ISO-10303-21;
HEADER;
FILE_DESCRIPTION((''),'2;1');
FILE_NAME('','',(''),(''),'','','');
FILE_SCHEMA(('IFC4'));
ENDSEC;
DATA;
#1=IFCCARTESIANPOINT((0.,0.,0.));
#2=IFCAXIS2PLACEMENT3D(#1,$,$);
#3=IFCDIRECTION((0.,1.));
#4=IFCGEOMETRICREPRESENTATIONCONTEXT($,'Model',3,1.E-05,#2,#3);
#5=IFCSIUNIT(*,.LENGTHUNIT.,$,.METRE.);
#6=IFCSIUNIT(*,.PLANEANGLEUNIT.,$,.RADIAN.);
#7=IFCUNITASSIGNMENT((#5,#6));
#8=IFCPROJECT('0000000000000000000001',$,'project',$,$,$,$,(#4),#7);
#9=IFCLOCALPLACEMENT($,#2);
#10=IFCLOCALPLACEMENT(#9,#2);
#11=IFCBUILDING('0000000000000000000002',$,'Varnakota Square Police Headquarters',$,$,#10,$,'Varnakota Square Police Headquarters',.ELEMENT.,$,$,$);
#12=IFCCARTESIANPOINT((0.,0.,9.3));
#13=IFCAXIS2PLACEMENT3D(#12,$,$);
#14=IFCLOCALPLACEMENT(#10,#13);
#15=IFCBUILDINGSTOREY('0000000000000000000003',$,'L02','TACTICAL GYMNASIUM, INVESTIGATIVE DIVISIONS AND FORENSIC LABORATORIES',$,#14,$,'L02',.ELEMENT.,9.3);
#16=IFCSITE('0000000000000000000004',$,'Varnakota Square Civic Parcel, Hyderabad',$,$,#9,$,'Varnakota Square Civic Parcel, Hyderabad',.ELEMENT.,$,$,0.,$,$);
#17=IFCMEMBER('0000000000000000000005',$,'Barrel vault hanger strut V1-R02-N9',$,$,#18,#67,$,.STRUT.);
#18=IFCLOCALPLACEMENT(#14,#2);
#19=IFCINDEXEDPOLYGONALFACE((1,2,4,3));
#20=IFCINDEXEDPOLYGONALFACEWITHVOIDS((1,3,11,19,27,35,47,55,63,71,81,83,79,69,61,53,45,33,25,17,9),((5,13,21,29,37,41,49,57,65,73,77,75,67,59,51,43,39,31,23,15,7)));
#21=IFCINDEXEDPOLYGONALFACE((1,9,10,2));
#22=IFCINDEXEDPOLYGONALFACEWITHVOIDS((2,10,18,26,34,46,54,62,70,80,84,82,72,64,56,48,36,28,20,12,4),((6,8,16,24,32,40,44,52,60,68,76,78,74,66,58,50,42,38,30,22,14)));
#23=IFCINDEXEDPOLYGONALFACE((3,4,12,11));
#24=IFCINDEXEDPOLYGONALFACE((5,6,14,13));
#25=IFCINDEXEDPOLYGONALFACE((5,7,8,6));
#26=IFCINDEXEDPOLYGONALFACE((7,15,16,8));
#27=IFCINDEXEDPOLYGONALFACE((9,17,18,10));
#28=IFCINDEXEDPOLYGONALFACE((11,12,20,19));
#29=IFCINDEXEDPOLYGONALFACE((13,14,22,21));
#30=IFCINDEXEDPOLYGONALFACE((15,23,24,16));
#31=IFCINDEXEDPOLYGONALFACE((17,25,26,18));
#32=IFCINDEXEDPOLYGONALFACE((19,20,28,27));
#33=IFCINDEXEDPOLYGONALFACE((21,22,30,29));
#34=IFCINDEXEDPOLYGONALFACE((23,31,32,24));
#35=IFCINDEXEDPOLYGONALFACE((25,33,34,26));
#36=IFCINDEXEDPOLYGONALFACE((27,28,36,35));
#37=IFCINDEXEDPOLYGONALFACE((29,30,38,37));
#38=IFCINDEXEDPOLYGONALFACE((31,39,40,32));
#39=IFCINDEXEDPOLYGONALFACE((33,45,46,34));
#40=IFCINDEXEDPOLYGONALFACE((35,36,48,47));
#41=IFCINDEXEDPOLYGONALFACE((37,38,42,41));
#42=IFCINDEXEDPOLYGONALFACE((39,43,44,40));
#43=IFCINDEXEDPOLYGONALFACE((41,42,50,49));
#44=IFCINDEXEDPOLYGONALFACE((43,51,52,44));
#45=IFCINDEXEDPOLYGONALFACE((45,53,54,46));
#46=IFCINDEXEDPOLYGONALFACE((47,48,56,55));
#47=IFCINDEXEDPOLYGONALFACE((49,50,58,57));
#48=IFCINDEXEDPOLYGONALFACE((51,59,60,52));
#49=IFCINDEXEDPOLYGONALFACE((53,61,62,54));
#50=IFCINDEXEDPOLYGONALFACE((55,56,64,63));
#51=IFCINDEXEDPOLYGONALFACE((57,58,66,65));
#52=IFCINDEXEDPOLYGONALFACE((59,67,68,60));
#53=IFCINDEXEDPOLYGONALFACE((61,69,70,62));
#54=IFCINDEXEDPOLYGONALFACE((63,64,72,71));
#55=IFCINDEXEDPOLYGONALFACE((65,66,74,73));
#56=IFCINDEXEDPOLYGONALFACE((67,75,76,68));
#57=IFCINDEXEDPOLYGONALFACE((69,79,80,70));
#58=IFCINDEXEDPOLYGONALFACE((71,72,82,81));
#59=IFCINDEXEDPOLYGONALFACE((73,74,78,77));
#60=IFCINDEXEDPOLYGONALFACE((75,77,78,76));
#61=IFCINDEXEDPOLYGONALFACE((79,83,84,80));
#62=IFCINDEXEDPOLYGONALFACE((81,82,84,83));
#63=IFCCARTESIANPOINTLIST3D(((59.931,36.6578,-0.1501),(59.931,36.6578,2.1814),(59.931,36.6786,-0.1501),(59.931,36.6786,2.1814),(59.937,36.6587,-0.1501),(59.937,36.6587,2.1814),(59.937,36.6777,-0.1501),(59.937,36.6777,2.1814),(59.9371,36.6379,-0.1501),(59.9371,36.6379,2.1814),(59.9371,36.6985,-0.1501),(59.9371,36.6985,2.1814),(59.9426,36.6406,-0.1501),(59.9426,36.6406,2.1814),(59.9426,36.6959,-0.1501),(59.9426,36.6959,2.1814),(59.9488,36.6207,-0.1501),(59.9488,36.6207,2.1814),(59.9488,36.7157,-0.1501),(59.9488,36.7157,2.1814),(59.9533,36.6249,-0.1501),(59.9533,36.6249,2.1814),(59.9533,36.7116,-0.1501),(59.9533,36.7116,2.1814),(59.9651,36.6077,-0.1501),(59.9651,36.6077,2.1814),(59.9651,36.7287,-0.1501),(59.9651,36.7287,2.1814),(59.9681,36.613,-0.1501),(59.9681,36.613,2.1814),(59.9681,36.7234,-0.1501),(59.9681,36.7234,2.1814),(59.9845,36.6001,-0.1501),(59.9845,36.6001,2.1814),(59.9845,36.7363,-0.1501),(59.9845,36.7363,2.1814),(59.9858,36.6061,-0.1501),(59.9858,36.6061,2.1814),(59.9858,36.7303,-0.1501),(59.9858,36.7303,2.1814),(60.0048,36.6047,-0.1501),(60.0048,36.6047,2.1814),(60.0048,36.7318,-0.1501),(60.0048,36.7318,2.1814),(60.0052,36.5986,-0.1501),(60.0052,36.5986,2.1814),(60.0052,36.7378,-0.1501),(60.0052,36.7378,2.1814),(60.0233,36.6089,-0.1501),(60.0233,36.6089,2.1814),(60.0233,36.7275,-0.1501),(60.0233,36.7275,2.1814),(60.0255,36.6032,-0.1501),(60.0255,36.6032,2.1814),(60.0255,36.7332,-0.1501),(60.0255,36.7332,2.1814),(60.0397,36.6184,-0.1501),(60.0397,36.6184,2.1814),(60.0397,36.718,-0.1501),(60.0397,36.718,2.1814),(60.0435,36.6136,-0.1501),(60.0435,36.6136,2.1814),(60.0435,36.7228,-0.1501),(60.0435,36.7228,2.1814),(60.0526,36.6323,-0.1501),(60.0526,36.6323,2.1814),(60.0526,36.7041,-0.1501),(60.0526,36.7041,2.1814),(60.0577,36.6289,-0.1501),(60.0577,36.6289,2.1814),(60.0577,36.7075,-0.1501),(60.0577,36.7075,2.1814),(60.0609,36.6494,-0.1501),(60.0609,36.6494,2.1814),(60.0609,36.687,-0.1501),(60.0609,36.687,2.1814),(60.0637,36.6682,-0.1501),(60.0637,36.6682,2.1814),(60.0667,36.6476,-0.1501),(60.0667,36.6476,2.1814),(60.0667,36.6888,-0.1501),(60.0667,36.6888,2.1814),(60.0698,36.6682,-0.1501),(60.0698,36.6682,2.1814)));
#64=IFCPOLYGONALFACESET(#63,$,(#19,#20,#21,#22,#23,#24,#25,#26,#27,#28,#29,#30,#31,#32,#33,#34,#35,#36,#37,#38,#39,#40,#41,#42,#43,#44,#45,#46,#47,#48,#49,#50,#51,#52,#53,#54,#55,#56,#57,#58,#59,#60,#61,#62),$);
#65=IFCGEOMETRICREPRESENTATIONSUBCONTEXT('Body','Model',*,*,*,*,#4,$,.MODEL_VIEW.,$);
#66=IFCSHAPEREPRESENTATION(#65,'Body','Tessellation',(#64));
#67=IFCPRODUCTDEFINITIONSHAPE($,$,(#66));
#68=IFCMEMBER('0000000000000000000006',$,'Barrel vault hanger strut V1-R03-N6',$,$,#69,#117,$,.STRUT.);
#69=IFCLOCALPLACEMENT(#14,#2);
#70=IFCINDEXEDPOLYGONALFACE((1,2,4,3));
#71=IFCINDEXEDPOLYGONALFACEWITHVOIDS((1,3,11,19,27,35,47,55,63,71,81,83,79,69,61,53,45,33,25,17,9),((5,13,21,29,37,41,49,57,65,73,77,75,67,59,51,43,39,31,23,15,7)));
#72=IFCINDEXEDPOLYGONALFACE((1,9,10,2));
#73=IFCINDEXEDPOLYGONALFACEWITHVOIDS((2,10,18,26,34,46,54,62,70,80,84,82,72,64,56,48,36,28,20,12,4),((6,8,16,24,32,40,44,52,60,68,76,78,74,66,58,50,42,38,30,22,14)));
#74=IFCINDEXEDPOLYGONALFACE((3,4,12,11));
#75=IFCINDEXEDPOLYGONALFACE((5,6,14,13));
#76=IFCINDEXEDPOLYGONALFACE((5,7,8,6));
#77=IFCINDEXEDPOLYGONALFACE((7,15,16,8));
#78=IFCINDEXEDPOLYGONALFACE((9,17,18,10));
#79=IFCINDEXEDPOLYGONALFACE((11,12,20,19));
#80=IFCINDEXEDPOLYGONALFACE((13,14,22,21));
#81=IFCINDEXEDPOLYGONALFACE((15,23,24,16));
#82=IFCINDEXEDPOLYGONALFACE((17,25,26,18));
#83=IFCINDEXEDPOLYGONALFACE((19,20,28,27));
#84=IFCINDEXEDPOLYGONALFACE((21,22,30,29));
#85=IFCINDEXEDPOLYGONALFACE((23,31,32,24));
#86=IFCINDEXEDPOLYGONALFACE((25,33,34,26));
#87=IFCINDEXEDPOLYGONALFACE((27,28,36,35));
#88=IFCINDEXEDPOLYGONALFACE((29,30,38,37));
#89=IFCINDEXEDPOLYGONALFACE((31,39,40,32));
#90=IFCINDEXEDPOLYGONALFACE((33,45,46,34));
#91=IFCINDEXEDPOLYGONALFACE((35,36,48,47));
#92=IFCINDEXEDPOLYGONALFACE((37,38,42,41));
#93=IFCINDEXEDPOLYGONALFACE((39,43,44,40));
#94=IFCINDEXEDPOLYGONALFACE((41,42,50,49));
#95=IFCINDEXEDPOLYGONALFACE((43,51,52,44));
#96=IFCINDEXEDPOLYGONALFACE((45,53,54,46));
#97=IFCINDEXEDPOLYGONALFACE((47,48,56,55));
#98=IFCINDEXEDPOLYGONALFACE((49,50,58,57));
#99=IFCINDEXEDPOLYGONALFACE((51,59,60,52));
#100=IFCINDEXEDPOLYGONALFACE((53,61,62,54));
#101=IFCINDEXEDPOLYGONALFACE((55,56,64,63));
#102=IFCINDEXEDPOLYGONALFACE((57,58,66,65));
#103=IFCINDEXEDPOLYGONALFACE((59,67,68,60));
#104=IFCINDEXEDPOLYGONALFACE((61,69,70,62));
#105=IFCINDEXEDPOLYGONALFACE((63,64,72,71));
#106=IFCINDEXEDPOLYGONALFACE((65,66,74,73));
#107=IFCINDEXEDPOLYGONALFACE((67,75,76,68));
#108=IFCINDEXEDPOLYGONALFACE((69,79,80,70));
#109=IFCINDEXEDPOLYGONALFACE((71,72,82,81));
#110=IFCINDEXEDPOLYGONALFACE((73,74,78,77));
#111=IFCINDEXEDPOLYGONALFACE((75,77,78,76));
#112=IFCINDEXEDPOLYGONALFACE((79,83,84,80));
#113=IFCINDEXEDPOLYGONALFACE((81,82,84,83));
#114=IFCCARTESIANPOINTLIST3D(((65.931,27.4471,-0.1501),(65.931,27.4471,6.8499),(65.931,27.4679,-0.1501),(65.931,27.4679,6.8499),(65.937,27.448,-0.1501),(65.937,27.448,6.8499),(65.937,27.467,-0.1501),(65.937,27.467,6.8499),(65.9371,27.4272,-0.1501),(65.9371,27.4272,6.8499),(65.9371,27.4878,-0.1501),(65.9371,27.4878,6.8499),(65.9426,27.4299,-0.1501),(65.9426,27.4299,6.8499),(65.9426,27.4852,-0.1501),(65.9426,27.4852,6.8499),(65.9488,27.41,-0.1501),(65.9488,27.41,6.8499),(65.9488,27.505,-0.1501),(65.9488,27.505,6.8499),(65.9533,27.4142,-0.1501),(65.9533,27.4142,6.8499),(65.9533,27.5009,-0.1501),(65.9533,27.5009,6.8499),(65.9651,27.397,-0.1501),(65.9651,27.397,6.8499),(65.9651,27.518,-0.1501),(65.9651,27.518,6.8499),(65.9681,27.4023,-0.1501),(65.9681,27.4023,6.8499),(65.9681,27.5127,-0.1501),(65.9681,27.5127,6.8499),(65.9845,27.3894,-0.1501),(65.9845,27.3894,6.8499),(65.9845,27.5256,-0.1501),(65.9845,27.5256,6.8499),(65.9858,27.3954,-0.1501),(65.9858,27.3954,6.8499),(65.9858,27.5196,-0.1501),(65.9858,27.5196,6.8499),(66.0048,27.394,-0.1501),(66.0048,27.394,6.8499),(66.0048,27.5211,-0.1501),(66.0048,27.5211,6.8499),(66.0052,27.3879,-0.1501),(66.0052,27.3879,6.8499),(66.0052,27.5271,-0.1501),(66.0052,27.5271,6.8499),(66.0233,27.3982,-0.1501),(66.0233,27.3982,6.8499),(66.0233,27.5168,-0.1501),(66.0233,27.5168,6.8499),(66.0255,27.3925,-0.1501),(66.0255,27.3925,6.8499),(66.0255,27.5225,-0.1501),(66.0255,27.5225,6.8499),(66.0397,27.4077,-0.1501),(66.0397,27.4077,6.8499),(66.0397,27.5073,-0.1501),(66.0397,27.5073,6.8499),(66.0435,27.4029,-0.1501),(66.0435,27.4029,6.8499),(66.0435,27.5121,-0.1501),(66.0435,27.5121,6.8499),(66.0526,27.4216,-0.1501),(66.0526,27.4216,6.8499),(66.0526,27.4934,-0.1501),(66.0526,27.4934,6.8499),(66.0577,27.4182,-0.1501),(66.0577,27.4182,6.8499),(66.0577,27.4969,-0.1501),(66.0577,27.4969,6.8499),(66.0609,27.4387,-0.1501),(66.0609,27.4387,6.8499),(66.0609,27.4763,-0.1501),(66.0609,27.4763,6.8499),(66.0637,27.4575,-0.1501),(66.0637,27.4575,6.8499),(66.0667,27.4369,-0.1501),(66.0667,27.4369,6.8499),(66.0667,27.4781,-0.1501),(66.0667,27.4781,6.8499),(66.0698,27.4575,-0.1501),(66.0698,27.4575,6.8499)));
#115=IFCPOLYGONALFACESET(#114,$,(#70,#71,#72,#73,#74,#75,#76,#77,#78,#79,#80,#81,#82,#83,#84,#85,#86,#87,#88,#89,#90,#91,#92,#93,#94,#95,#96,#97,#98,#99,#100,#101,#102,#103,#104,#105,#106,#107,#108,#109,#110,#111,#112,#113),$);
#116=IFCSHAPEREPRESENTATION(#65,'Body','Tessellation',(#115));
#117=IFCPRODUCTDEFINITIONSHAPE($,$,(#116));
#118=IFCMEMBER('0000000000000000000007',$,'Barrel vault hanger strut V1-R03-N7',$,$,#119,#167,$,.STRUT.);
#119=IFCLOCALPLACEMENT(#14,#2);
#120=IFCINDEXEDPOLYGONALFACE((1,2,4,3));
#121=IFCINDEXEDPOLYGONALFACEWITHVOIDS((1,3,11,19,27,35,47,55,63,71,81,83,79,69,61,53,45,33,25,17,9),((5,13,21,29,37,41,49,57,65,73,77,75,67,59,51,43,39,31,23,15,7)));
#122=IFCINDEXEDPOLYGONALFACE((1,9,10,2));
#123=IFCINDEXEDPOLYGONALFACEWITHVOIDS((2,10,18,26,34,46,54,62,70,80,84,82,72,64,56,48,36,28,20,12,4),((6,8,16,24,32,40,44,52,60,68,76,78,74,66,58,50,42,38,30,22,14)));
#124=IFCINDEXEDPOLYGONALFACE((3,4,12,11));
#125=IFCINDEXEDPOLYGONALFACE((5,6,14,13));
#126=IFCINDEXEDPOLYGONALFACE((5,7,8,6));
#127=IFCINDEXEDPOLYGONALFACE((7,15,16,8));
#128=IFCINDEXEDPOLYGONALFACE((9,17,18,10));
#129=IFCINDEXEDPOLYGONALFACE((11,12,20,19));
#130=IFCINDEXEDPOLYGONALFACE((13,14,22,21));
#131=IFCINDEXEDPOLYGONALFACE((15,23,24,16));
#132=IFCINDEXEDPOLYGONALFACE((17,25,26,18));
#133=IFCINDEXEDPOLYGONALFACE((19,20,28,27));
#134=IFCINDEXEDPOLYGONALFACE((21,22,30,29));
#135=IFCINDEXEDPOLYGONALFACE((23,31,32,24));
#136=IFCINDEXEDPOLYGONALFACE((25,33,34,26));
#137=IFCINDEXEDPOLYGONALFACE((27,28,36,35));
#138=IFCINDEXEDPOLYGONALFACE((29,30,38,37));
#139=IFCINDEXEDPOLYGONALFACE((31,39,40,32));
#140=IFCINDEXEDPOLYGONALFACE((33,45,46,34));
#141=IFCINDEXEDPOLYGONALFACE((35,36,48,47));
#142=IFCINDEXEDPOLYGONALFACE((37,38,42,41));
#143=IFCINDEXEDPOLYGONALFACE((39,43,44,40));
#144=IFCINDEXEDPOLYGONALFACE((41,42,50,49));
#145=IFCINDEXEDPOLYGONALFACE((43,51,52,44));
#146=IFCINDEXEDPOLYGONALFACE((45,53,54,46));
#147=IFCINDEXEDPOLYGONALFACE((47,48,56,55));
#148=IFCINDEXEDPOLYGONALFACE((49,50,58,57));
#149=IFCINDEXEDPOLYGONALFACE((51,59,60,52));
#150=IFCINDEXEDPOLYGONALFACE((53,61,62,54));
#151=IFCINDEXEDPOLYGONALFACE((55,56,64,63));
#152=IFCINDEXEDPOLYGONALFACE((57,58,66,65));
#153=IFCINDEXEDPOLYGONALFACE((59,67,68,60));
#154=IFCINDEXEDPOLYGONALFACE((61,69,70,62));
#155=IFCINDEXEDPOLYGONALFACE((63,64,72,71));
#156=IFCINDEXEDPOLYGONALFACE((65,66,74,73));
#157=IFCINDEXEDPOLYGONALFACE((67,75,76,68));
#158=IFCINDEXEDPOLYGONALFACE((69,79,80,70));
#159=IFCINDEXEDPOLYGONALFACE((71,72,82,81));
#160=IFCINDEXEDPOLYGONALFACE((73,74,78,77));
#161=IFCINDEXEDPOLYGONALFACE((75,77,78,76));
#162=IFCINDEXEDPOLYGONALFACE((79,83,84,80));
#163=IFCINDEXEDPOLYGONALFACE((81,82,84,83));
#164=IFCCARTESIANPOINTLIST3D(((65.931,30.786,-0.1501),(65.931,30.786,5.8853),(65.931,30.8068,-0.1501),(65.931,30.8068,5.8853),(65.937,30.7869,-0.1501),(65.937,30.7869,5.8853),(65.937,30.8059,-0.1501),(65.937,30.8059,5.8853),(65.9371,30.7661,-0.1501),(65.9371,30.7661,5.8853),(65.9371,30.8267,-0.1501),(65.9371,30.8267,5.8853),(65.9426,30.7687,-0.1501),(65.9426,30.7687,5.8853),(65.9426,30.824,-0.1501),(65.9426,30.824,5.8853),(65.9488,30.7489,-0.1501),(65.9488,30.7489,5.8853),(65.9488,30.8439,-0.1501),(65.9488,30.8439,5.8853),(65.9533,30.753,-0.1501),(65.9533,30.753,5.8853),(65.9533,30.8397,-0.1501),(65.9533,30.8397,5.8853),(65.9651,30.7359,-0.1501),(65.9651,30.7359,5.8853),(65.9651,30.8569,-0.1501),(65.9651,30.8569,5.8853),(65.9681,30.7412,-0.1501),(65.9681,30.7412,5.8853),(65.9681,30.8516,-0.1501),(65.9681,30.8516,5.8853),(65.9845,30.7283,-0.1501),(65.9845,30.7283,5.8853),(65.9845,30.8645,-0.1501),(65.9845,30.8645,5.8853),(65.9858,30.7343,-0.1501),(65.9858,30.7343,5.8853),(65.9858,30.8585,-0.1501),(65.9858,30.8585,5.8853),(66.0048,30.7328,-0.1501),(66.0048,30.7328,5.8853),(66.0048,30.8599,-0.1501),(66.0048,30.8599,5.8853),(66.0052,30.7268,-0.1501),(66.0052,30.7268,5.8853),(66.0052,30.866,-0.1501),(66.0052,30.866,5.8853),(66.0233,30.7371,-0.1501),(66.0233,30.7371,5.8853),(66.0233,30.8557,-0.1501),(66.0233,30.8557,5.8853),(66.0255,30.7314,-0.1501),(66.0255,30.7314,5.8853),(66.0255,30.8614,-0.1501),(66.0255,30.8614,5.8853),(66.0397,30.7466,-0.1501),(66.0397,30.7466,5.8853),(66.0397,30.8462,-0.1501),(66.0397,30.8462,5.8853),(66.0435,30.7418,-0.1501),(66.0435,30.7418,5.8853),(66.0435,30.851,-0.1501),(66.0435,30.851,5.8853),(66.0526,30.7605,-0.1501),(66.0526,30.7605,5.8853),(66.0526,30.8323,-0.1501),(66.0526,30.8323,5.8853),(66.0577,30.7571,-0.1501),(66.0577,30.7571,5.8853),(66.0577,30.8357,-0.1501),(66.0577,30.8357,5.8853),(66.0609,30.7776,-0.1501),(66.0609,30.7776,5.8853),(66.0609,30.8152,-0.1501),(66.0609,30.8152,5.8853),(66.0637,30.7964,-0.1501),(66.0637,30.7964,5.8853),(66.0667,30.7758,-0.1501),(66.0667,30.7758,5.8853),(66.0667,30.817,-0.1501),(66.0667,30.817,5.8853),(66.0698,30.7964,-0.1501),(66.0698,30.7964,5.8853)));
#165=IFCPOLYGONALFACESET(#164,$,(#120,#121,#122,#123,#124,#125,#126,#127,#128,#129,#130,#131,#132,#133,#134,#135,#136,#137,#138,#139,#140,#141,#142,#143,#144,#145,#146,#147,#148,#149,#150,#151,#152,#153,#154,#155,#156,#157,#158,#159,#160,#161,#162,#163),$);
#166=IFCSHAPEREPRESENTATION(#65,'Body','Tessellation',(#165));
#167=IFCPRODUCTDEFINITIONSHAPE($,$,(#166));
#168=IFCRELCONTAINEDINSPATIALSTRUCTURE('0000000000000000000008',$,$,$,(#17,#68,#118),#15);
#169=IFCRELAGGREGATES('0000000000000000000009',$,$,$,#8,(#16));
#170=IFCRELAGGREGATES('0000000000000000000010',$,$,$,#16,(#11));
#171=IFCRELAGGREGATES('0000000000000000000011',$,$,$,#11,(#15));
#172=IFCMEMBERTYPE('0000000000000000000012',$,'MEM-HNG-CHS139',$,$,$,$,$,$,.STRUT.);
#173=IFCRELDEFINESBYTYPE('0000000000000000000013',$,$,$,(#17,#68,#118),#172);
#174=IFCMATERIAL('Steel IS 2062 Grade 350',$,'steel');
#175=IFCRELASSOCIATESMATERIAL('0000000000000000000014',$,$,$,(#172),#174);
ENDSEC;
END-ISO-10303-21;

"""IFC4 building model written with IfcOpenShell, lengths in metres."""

from ifc_helpers import new_model, si_unit, direction, frame, origin, origin_2d, place, context, subcontext, project, spatial, hollow_circle, extrude, material, material_profile, profile_set, type_object, element, save


model = new_model("IFC4")

# Units and contexts
model_context = context("Model", 3, precision=1e-05, world=origin(), true_north=direction((0.0, 1.0)))
body_context = subcontext(model_context, "Body", "Model", "MODEL_VIEW")
ifc_project = project(units=[si_unit("LENGTHUNIT", "METRE"), si_unit("PLANEANGLEUNIT", "RADIAN")], contexts=[model_context])

# Site, building, storey
site_placement = place(None, origin())
site = spatial("IfcSite", under=ifc_project, at=site_placement, Name="Varnakota Square Civic Parcel, Hyderabad", LongName="Varnakota Square Civic Parcel, Hyderabad", CompositionType="ELEMENT", RefElevation=0.0)
building_placement = place(site_placement, origin())
building = spatial("IfcBuilding", under=site, at=building_placement, Name="Varnakota Square Police Headquarters", LongName="Varnakota Square Police Headquarters", CompositionType="ELEMENT")
storey_placement = place(building_placement, frame((0.0, 0.0, 9.3)))
storey = spatial("IfcBuildingStorey", under=building, at=storey_placement, Name="L02", Description="TACTICAL GYMNASIUM, INVESTIGATIVE DIVISIONS AND FORENSIC LABORATORIES", LongName="L02", CompositionType="ELEMENT", Elevation=9.3)

# Shared definitions
ifc_material_1 = material(Name="Steel IS 2062 Grade 350", Category="steel")

# Members
ifc_material_profile_1 = material_profile(ifc_material_1, hollow_circle(Radius=0.0698, WallThickness=0.0061, at=origin_2d()), Name="CHS 139.7x6.0")
ifc_profile_set_1 = profile_set([ifc_material_profile_1], Name="Steel IS 2062 Grade 350")
member_type_1 = type_object("IfcMemberType", Name="MEM-HNG-CHS139", PredefinedType="STRUT", material=ifc_profile_set_1)
member_1_placement = place(storey_placement, frame((60.0, 36.6682, -0.1501), z_axis=(0.0, 0.0, 1.0), x_axis=(1.0, 0.0, 0.0)))
element("IfcMember", 1, at=member_1_placement, inside=storey, type_object=member_type_1, Name="Barrel vault hanger strut V1-R02-N9", PredefinedType="STRUT", context=body_context, shape_type="SweptSolid", body=[
    extrude(hollow_circle(Radius=0.0698, WallThickness=0.0061, at=origin_2d()), origin(), (0.0, 0.0, 1.0), 2.3315),
])
member_2_placement = place(storey_placement, frame((66.0, 27.4575, -0.1501), z_axis=(0.0, 0.0, 1.0), x_axis=(1.0, 0.0, 0.0)))
element("IfcMember", 2, at=member_2_placement, inside=storey, type_object=member_type_1, Name="Barrel vault hanger strut V1-R03-N6", PredefinedType="STRUT", context=body_context, shape_type="SweptSolid", body=[
    extrude(hollow_circle(Radius=0.0698, WallThickness=0.0061, at=origin_2d()), origin(), (0.0, 0.0, 1.0), 7.0),
])
member_3_placement = place(storey_placement, frame((66.0, 30.7964, -0.1501), z_axis=(0.0, 0.0, 1.0), x_axis=(1.0, 0.0, 0.0)))
element("IfcMember", 3, at=member_3_placement, inside=storey, type_object=member_type_1, Name="Barrel vault hanger strut V1-R03-N7", PredefinedType="STRUT", context=body_context, shape_type="SweptSolid", body=[
    extrude(hollow_circle(Radius=0.0698, WallThickness=0.0061, at=origin_2d()), origin(), (0.0, 0.0, 1.0), 6.0354),
])

save(model, "model.ifc")
